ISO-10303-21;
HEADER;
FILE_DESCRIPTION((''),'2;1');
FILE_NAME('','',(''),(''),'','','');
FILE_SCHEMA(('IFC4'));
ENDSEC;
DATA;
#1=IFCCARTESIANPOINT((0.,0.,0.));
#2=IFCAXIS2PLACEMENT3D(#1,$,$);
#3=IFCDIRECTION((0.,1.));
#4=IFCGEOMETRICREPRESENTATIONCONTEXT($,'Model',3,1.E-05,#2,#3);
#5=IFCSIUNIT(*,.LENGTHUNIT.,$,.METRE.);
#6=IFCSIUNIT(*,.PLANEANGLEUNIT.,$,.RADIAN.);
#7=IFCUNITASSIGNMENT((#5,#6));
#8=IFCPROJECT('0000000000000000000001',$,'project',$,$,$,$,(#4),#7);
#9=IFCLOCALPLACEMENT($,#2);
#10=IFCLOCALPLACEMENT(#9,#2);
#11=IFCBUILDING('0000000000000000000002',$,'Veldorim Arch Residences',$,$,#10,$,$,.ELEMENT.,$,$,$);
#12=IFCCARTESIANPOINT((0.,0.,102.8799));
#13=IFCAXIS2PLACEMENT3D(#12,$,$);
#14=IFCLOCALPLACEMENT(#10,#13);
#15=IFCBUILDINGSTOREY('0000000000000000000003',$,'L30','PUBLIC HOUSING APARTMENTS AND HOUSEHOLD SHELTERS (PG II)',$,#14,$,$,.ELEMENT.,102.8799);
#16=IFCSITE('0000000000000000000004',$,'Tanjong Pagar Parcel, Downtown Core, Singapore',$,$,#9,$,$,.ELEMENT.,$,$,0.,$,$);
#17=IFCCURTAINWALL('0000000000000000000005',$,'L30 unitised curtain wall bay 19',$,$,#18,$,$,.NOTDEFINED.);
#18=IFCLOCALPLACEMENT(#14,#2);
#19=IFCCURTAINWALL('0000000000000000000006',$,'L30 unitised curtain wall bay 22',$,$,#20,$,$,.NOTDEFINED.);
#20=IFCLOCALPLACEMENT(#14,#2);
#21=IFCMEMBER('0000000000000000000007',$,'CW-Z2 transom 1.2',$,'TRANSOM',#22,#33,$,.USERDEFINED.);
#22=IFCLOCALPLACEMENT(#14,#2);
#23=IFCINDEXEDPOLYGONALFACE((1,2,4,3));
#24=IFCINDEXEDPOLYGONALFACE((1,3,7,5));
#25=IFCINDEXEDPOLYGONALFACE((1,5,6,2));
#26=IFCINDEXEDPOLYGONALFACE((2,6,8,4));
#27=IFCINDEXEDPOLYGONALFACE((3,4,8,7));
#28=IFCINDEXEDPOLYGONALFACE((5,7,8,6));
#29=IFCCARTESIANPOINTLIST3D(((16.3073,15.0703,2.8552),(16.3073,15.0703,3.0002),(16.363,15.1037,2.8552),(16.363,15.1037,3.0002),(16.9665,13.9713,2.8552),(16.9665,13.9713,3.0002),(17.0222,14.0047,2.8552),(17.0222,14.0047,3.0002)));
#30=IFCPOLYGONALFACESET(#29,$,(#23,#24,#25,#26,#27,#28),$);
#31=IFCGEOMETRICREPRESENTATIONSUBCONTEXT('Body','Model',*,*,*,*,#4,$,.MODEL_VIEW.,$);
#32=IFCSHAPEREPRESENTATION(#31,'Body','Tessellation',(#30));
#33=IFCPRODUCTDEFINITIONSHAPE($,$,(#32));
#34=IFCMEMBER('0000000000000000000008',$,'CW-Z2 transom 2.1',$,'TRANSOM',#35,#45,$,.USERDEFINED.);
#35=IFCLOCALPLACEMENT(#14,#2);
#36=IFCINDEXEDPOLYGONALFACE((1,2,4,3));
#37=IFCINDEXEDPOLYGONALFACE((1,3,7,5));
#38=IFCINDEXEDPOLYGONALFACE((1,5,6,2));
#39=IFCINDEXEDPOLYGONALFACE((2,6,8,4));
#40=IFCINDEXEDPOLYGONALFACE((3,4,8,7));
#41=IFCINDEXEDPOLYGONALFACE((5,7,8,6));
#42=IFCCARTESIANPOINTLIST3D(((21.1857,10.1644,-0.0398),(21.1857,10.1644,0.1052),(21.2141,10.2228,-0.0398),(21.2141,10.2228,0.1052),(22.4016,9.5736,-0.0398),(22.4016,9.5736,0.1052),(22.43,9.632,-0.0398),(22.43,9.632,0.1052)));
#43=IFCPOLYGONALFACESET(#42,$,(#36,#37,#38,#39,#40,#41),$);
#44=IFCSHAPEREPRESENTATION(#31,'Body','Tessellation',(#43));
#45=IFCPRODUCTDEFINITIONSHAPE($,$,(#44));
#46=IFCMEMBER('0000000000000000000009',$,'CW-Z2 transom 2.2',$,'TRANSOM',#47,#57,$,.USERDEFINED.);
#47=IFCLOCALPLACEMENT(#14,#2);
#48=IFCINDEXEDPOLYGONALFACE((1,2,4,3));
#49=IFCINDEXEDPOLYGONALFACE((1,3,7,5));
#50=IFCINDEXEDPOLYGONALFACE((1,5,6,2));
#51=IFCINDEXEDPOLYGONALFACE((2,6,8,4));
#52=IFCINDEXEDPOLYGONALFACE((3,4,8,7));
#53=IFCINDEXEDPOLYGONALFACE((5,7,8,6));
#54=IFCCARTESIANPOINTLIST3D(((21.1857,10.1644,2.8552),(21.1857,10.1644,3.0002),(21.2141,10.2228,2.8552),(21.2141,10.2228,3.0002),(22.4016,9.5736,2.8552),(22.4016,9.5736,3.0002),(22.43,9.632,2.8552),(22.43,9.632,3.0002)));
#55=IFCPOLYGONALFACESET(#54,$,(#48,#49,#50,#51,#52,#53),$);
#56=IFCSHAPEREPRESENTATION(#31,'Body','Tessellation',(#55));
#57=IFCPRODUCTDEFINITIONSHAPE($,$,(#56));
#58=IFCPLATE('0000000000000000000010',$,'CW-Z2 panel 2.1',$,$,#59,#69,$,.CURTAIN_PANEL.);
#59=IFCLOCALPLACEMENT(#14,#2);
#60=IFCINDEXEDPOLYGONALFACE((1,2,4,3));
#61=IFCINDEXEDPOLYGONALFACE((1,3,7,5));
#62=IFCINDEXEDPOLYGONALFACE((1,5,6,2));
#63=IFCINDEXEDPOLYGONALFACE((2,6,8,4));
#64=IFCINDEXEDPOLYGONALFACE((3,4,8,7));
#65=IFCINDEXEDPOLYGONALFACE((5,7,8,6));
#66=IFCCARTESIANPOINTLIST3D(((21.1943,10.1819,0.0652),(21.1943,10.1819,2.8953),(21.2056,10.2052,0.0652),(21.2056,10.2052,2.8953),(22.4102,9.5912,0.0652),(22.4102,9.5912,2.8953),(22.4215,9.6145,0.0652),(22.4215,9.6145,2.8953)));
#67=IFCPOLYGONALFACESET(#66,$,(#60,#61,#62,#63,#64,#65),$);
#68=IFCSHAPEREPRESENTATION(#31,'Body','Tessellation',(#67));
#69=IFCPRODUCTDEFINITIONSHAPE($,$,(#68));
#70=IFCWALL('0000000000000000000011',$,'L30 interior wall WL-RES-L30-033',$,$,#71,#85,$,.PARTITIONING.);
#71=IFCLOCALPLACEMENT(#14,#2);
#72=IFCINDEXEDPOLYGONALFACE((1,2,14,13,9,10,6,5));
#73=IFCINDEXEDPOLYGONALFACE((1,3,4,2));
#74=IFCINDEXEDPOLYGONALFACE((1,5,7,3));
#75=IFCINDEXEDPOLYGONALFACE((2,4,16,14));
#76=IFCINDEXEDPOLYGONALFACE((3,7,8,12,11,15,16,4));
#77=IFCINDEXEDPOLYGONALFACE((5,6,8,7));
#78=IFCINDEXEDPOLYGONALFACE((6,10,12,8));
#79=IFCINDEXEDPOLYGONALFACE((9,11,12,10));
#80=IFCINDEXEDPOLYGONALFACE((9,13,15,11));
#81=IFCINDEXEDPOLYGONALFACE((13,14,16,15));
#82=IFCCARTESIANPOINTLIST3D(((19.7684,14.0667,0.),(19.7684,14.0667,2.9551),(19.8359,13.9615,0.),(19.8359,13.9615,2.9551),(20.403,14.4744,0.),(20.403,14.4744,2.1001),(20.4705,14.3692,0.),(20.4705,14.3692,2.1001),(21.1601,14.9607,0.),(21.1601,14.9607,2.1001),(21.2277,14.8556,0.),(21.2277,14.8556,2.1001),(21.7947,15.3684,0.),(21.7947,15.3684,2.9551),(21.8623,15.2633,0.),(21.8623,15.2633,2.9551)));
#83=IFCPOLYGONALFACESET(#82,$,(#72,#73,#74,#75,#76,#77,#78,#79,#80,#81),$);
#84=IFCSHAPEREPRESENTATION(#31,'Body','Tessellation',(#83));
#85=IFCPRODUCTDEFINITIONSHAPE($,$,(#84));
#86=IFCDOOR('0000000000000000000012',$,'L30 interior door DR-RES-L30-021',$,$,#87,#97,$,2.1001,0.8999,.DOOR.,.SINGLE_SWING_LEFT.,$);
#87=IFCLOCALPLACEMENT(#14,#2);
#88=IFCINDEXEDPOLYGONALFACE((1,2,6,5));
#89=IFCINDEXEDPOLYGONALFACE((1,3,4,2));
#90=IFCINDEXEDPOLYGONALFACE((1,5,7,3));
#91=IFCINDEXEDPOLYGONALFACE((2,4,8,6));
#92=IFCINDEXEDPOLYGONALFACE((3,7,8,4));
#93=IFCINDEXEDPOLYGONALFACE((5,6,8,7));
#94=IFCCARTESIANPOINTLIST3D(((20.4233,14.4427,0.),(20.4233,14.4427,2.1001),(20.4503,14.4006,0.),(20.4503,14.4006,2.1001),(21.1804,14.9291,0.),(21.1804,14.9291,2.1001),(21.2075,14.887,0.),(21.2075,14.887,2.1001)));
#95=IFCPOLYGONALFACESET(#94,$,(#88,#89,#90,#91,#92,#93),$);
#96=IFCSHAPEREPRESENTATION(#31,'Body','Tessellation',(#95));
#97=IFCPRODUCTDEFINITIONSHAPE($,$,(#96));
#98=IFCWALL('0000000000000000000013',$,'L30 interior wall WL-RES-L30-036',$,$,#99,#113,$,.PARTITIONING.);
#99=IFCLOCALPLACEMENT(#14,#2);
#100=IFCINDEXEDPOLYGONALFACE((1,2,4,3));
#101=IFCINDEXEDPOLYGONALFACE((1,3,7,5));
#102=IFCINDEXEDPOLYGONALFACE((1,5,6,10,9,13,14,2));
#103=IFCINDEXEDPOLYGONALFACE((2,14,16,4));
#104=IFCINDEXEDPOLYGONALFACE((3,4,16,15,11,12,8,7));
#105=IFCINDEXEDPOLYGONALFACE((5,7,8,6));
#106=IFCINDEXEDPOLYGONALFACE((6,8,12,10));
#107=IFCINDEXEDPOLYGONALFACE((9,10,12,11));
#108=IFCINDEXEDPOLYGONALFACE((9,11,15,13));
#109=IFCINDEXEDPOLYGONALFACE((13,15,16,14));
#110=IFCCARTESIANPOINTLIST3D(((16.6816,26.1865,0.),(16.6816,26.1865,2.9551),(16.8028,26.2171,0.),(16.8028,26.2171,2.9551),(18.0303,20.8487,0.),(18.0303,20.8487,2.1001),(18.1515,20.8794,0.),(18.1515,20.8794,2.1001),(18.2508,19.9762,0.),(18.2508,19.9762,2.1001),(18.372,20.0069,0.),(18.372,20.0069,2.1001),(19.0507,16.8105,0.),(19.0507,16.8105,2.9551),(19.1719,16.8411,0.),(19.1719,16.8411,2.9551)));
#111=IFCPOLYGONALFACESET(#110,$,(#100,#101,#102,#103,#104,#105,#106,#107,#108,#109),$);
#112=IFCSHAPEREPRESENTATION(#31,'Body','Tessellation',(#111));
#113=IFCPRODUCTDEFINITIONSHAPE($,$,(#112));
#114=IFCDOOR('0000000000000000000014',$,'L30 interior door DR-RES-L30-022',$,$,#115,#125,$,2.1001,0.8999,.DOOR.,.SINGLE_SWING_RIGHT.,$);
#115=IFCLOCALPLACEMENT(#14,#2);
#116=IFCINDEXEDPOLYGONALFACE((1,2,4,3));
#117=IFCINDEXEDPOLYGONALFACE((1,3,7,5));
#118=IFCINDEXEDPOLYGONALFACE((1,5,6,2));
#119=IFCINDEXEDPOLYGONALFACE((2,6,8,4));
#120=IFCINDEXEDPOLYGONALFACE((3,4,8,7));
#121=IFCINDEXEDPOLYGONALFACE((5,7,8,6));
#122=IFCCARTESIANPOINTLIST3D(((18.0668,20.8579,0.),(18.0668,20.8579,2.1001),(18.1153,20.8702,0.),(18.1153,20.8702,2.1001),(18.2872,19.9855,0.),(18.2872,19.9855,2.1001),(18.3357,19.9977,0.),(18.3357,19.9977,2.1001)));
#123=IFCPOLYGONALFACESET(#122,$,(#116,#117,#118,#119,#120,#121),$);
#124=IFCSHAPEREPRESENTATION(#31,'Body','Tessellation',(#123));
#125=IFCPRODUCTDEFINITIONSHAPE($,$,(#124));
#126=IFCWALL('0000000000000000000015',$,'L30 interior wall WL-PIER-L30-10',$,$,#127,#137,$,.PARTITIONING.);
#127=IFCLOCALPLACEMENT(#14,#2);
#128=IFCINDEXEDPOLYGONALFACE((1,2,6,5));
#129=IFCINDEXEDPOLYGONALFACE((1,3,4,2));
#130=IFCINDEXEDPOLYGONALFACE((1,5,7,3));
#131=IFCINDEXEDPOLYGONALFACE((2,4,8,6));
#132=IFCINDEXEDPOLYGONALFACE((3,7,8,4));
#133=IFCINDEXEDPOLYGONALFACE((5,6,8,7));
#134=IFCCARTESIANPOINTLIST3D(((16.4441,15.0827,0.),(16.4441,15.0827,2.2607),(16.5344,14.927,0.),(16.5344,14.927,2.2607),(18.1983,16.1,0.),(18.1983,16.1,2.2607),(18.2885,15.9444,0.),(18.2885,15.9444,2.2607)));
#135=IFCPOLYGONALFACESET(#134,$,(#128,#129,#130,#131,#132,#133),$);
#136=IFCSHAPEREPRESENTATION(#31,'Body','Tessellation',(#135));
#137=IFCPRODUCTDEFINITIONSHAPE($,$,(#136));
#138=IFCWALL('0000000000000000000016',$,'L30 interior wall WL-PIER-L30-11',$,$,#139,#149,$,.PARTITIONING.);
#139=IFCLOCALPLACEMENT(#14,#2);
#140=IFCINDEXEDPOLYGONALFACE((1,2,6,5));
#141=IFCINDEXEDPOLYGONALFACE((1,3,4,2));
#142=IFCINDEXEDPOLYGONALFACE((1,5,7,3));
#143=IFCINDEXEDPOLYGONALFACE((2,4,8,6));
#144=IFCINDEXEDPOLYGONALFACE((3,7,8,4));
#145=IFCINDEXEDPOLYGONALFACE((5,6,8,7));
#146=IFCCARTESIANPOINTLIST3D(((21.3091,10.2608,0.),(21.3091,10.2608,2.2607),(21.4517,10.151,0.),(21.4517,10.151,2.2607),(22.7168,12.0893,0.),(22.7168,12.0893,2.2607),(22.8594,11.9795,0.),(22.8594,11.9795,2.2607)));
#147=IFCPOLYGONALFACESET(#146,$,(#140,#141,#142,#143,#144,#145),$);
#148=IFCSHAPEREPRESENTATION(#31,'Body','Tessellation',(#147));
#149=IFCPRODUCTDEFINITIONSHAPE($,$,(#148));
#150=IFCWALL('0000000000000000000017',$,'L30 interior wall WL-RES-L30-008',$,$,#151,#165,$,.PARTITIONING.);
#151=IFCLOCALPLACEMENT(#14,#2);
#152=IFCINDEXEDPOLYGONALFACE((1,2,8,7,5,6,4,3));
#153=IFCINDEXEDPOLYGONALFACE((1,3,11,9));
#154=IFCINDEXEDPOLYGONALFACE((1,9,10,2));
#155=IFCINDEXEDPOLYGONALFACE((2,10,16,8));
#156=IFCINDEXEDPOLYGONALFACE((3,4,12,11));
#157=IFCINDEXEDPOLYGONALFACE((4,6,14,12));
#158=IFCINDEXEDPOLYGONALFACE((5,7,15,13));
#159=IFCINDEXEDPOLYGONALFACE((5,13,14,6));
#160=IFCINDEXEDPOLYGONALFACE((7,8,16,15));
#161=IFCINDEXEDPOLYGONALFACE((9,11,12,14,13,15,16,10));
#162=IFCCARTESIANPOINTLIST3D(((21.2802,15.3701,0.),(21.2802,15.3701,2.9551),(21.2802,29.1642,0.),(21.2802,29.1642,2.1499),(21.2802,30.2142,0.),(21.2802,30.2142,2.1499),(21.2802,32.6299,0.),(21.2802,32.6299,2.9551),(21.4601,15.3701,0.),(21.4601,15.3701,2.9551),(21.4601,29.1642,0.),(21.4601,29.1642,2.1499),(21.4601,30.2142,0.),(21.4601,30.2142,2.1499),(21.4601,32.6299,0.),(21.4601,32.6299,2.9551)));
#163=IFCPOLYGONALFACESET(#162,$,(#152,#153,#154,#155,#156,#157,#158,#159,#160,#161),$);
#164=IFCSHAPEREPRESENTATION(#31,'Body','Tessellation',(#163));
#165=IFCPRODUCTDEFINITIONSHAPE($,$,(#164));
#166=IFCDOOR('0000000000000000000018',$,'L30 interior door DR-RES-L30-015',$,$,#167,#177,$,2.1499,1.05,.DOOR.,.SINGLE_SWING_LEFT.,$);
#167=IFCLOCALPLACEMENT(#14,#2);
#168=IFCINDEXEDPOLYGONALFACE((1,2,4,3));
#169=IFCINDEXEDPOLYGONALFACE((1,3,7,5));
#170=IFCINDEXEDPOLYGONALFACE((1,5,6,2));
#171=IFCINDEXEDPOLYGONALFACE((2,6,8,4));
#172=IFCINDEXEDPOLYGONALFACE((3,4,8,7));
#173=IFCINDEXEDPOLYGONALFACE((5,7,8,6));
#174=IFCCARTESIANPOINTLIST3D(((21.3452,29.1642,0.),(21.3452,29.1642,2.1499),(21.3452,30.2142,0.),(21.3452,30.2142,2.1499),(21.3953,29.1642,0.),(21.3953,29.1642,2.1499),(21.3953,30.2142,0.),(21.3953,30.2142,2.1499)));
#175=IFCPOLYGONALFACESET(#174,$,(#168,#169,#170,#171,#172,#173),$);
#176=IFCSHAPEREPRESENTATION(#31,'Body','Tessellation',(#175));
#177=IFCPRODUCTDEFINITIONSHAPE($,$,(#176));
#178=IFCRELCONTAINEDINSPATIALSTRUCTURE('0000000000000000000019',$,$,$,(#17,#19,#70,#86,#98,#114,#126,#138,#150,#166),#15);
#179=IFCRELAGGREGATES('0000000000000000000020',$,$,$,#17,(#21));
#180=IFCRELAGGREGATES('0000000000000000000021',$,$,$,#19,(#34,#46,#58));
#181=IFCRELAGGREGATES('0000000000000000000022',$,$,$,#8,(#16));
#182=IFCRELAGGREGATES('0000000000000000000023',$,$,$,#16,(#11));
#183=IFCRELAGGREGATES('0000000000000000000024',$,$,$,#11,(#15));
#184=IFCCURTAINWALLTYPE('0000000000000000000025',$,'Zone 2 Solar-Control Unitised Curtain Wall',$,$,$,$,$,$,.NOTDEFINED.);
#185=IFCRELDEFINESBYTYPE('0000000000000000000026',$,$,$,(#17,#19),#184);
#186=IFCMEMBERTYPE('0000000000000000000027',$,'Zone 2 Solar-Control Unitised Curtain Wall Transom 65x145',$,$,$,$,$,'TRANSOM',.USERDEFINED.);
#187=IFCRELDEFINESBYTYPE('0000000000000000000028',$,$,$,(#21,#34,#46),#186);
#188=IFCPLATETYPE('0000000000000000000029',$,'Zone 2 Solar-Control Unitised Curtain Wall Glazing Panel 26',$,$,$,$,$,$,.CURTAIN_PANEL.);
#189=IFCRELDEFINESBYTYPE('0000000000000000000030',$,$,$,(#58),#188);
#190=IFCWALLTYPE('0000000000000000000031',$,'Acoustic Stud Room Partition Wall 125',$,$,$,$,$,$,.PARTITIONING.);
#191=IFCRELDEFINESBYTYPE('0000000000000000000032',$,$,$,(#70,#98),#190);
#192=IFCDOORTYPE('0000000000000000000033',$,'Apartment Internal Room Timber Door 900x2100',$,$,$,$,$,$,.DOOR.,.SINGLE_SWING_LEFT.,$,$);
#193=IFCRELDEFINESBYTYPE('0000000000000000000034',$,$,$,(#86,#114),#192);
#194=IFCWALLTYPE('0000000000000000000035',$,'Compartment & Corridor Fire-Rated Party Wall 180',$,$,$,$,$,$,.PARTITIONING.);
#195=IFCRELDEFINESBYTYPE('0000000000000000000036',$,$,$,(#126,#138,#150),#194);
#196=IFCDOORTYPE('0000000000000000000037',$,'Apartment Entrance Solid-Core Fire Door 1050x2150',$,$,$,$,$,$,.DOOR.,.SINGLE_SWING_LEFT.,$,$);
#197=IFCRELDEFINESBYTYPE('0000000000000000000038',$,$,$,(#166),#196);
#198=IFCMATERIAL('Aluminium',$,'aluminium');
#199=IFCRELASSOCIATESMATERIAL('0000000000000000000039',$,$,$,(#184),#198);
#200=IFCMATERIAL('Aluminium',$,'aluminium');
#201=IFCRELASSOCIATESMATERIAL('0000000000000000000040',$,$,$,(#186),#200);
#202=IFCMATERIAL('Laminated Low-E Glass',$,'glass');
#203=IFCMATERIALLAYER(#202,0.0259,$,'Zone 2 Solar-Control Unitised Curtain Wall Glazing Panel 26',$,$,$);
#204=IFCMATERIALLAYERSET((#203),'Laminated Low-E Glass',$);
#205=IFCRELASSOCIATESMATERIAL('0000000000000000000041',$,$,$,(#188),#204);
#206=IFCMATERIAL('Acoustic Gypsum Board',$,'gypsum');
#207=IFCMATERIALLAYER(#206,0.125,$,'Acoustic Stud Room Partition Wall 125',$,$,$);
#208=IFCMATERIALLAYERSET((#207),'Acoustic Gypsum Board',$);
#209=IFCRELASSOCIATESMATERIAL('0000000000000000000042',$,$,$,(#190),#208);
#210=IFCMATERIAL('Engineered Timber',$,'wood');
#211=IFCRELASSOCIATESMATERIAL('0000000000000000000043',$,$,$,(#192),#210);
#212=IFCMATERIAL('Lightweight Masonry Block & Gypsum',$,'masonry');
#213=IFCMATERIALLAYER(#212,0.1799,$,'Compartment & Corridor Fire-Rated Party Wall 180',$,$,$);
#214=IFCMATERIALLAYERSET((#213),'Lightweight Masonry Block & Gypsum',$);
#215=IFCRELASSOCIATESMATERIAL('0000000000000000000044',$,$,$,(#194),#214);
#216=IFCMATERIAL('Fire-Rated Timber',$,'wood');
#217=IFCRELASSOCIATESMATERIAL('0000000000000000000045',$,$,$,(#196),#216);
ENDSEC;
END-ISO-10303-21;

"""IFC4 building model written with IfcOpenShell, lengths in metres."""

from ifc_helpers import new_model, si_unit, direction, frame, frame_2d, origin, origin_2d, place, context, subcontext, project, spatial, rectangle, extrude, material, layer, layer_set, material_profile, profile_set, type_object, element, fill, aggregate, save


model = new_model("IFC4")

# Units and contexts
model_context = context("Model", 3, precision=1e-05, world=origin(), true_north=direction((0.0, 1.0)))
body_context = subcontext(model_context, "Body", "Model", "MODEL_VIEW")
ifc_project = project(units=[si_unit("LENGTHUNIT", "METRE"), si_unit("PLANEANGLEUNIT", "RADIAN")], contexts=[model_context])

# Site, building, storey
site_placement = place(None, origin())
site = spatial("IfcSite", under=ifc_project, at=site_placement, Name="Tanjong Pagar Parcel, Downtown Core, Singapore", CompositionType="ELEMENT", RefElevation=0.0)
building_placement = place(site_placement, origin())
building = spatial("IfcBuilding", under=site, at=building_placement, Name="Veldorim Arch Residences", CompositionType="ELEMENT")
storey_placement = place(building_placement, frame((0.0, 0.0, 102.8799)))
storey = spatial("IfcBuildingStorey", under=building, at=storey_placement, Name="L30", Description="PUBLIC HOUSING APARTMENTS AND HOUSEHOLD SHELTERS (PG II)", CompositionType="ELEMENT", Elevation=102.8799)

# Curtain wall
ifc_material_1 = material(Name="Aluminium", Category="aluminium")
curtain_wall_type = type_object("IfcCurtainWallType", Name="Zone 2 Solar-Control Unitised Curtain Wall", PredefinedType="NOTDEFINED", material=ifc_material_1)
curtain_wall_1_placement = place(storey_placement, origin())
curtain_wall_1 = element("IfcCurtainWall", 1, at=curtain_wall_1_placement, inside=storey, type_object=curtain_wall_type, Name="L30 unitised curtain wall bay 19", PredefinedType="NOTDEFINED")

# Curtain wall
curtain_wall_2_placement = place(storey_placement, origin())
curtain_wall_2 = element("IfcCurtainWall", 2, at=curtain_wall_2_placement, inside=storey, type_object=curtain_wall_type, Name="L30 unitised curtain wall bay 22", PredefinedType="NOTDEFINED")

# Members
ifc_material_2 = material(Name="Aluminium", Category="aluminium")
ifc_material_profile_1 = material_profile(ifc_material_2, rectangle(XDim=0.0649, YDim=0.145, at=origin_2d()), Name="ALU_TRN_65x145")
ifc_profile_set_1 = profile_set([ifc_material_profile_1], Name="Aluminium")
member_type_1 = type_object("IfcMemberType", Name="Zone 2 Solar-Control Unitised Curtain Wall Transom 65x145", ElementType="TRANSOM", PredefinedType="USERDEFINED", material=ifc_profile_set_1)
member_1_placement = place(storey_placement, frame((16.9944, 13.988, 2.9277), z_axis=(-0.514412, 0.857543, 0.0), x_axis=(-0.857543, -0.514412, 0.0)))
member_1 = element("IfcMember", 3, at=member_1_placement, type_object=member_type_1, Name="CW-Z2 transom 1.2", ObjectType="TRANSOM", PredefinedType="USERDEFINED", context=body_context, shape_type="SweptSolid", body=[
    extrude(rectangle(XDim=0.0649, YDim=0.145, at=origin_2d()), origin(), (0.0, 0.0, 1.0), 1.2815),
])
aggregate(curtain_wall_1, [member_1])
member_2_placement = place(storey_placement, frame((22.4158, 9.6028, 0.0327), z_axis=(-0.899427, 0.437071, 0.0), x_axis=(-0.437071, -0.899427, 0.0)))
member_2 = element("IfcMember", 4, at=member_2_placement, type_object=member_type_1, Name="CW-Z2 transom 2.1", ObjectType="TRANSOM", PredefinedType="USERDEFINED", context=body_context, shape_type="SweptSolid", body=[
    extrude(rectangle(XDim=0.0649, YDim=0.145, at=origin_2d()), origin(), (0.0, 0.0, 1.0), 1.3518),
])
member_3_placement = place(storey_placement, frame((22.4158, 9.6028, 2.9277), z_axis=(-0.899427, 0.437071, 0.0), x_axis=(-0.437071, -0.899427, 0.0)))
member_3 = element("IfcMember", 5, at=member_3_placement, type_object=member_type_1, Name="CW-Z2 transom 2.2", ObjectType="TRANSOM", PredefinedType="USERDEFINED", context=body_context, shape_type="SweptSolid", body=[
    extrude(rectangle(XDim=0.0649, YDim=0.145, at=origin_2d()), origin(), (0.0, 0.0, 1.0), 1.3518),
])

# Plate
ifc_material_3 = material(Name="Laminated Low-E Glass", Category="glass")
ifc_layer_1 = layer(ifc_material_3, 0.0259, Name="Zone 2 Solar-Control Unitised Curtain Wall Glazing Panel 26")
ifc_layer_set_1 = layer_set([ifc_layer_1], Name="Laminated Low-E Glass")
plate_type = type_object("IfcPlateType", Name="Zone 2 Solar-Control Unitised Curtain Wall Glazing Panel 26", PredefinedType="CURTAIN_PANEL", material=ifc_layer_set_1)
plate_placement = place(storey_placement, frame((21.8079, 9.8982, 0.0652), z_axis=(0.0, 0.0, 1.0), x_axis=(-0.899462, 0.437, 0.0)))
plate = element("IfcPlate", 6, at=plate_placement, type_object=plate_type, Name="CW-Z2 panel 2.1", PredefinedType="CURTAIN_PANEL", context=body_context, shape_type="SweptSolid", body=[
    extrude(rectangle(XDim=1.3518, YDim=0.0259, at=origin_2d()), origin(), (0.0, 0.0, 1.0), 2.8301),
])
aggregate(curtain_wall_2, [member_2, member_3, plate])

# Walls, openings, doors
ifc_material_4 = material(Name="Acoustic Gypsum Board", Category="gypsum")
ifc_layer_2 = layer(ifc_material_4, 0.125, Name="Acoustic Stud Room Partition Wall 125")
ifc_layer_set_2 = layer_set([ifc_layer_2], Name="Acoustic Gypsum Board")
wall_type_1 = type_object("IfcWallType", Name="Acoustic Stud Room Partition Wall 125", PredefinedType="PARTITIONING", material=ifc_layer_set_2)
wall_1_placement = place(storey_placement, frame((19.8022, 14.0142, 0.0), z_axis=(0.0, 0.0, 1.0), x_axis=(0.84135, 0.540491, 0.0)))
wall_1 = element("IfcWall", 7, at=wall_1_placement, inside=storey, type_object=wall_type_1, Name="L30 interior wall WL-RES-L30-033", PredefinedType="PARTITIONING", context=body_context, shape_type="SweptSolid", body=[
    extrude(rectangle(XDim=2.4084, YDim=0.125, at=frame_2d((1.2041, 0.0))), origin(), (0.0, 0.0, 1.0), 2.9551),
])
opening_1_placement = place(wall_1_placement, frame((0.7542, 0.0, 0.0)))
opening_1 = element("IfcOpeningElement", 8, at=opening_1_placement, cuts=wall_1, PredefinedType="OPENING", context=body_context, shape_type="SweptSolid", body=[
    extrude(rectangle(XDim=0.8999, YDim=2.1001, at=frame_2d((0.45, 1.05))), frame((0.0, 0.0725, 0.0), z_axis=(0.0, -1.0, 0.0), x_axis=(1.0, 0.0, 0.0)), (0.0, 0.0, 1.0), 0.145),
])
ifc_material_5 = material(Name="Engineered Timber", Category="wood")
door_type_1 = type_object("IfcDoorType", Name="Apartment Internal Room Timber Door 900x2100", OperationType="SINGLE_SWING_LEFT", PredefinedType="DOOR", material=ifc_material_5)
door_1_placement = place(opening_1_placement, origin())
door_1 = element("IfcDoor", 9, at=door_1_placement, inside=storey, type_object=door_type_1, Name="L30 interior door DR-RES-L30-021", OperationType="SINGLE_SWING_LEFT", OverallHeight=2.1001, OverallWidth=0.8999, PredefinedType="DOOR", context=body_context, shape_type="SweptSolid", body=[
    extrude(rectangle(XDim=0.8999, YDim=2.1001, at=frame_2d((0.45, 1.05))), frame((0.0, 0.0249, 0.0), z_axis=(0.0, -1.0, 0.0), x_axis=(1.0, 0.0, 0.0)), (0.0, 0.0, 1.0), 0.05),
])
fill(opening_1, door_1)
wall_2_placement = place(storey_placement, frame((19.1113, 16.8257, 0.0), z_axis=(0.0, 0.0, 1.0), x_axis=(-0.244982, 0.969528, 0.0)))
wall_2 = element("IfcWall", 10, at=wall_2_placement, inside=storey, type_object=wall_type_1, Name="L30 interior wall WL-RES-L30-036", PredefinedType="PARTITIONING", context=body_context, shape_type="SweptSolid", body=[
    extrude(rectangle(XDim=9.6707, YDim=0.125, at=frame_2d((4.8354, 0.0))), origin(), (0.0, 0.0, 1.0), 2.9551),
])
opening_2_placement = place(wall_2_placement, frame((3.2654, 0.0, 0.0)))
opening_2 = element("IfcOpeningElement", 11, at=opening_2_placement, cuts=wall_2, PredefinedType="OPENING", context=body_context, shape_type="SweptSolid", body=[
    extrude(rectangle(XDim=0.8999, YDim=2.1001, at=frame_2d((0.45, 1.05))), frame((0.0, 0.0725, 0.0), z_axis=(0.0, -1.0, 0.0), x_axis=(1.0, 0.0, 0.0)), (0.0, 0.0, 1.0), 0.145),
])
door_2_placement = place(opening_2_placement, origin())
door_2 = element("IfcDoor", 12, at=door_2_placement, inside=storey, type_object=door_type_1, Name="L30 interior door DR-RES-L30-022", OperationType="SINGLE_SWING_RIGHT", OverallHeight=2.1001, OverallWidth=0.8999, PredefinedType="DOOR", context=body_context, shape_type="SweptSolid", body=[
    extrude(rectangle(XDim=0.8999, YDim=2.1001, at=frame_2d((0.45, 1.05))), frame((0.0, 0.0249, 0.0), z_axis=(0.0, -1.0, 0.0), x_axis=(1.0, 0.0, 0.0)), (0.0, 0.0, 1.0), 0.05),
])
fill(opening_2, door_2)

# Walls
ifc_material_6 = material(Name="Lightweight Masonry Block & Gypsum", Category="masonry")
ifc_layer_3 = layer(ifc_material_6, 0.1799, Name="Compartment & Corridor Fire-Rated Party Wall 180")
ifc_layer_set_3 = layer_set([ifc_layer_3], Name="Lightweight Masonry Block & Gypsum")
wall_type_2 = type_object("IfcWallType", Name="Compartment & Corridor Fire-Rated Party Wall 180", PredefinedType="PARTITIONING", material=ifc_layer_set_3)
wall_3_placement = place(storey_placement, frame((18.2434, 16.0222, 0.0), z_axis=(0.0, 0.0, 1.0), x_axis=(-0.865047, -0.501691, 0.0)))
element("IfcWall", 13, at=wall_3_placement, inside=storey, type_object=wall_type_2, Name="L30 interior wall WL-PIER-L30-10", PredefinedType="PARTITIONING", context=body_context, shape_type="SweptSolid", body=[
    extrude(rectangle(XDim=2.0278, YDim=0.1799, at=frame_2d((1.0139, 0.0))), origin(), (0.0, 0.0, 1.0), 2.2607),
])
wall_4_placement = place(storey_placement, frame((22.7881, 12.0344, 0.0), z_axis=(0.0, 0.0, 1.0), x_axis=(-0.610007, -0.792396, 0.0)))
element("IfcWall", 14, at=wall_4_placement, inside=storey, type_object=wall_type_2, Name="L30 interior wall WL-PIER-L30-11", PredefinedType="PARTITIONING", context=body_context, shape_type="SweptSolid", body=[
    extrude(rectangle(XDim=2.3076, YDim=0.1799, at=frame_2d((1.1538, 0.0))), origin(), (0.0, 0.0, 1.0), 2.2607),
])

# Wall, opening, door
wall_5_placement = place(storey_placement, frame((21.3701, 15.3701, 0.0), z_axis=(0.0, 0.0, 1.0), x_axis=(0.0, 1.0, 0.0)))
wall_5 = element("IfcWall", 15, at=wall_5_placement, inside=storey, type_object=wall_type_2, Name="L30 interior wall WL-RES-L30-008", PredefinedType="PARTITIONING", context=body_context, shape_type="SweptSolid", body=[
    extrude(rectangle(XDim=17.2598, YDim=0.1799, at=frame_2d((8.6299, 0.0))), origin(), (0.0, 0.0, 1.0), 2.9551),
])
opening_3_placement = place(wall_5_placement, frame((13.7942, 0.0, 0.0)))
opening_3 = element("IfcOpeningElement", 16, at=opening_3_placement, cuts=wall_5, PredefinedType="OPENING", context=body_context, shape_type="SweptSolid", body=[
    extrude(rectangle(XDim=1.05, YDim=2.1499, at=frame_2d((0.5249, 1.075))), frame((0.0, 0.0999, 0.0), z_axis=(0.0, -1.0, 0.0), x_axis=(1.0, 0.0, 0.0)), (0.0, 0.0, 1.0), 0.2),
])
ifc_material_7 = material(Name="Fire-Rated Timber", Category="wood")
door_type_2 = type_object("IfcDoorType", Name="Apartment Entrance Solid-Core Fire Door 1050x2150", OperationType="SINGLE_SWING_LEFT", PredefinedType="DOOR", material=ifc_material_7)
door_3_placement = place(opening_3_placement, origin())
door_3 = element("IfcDoor", 17, at=door_3_placement, inside=storey, type_object=door_type_2, Name="L30 interior door DR-RES-L30-015", OperationType="SINGLE_SWING_LEFT", OverallHeight=2.1499, OverallWidth=1.05, PredefinedType="DOOR", context=body_context, shape_type="SweptSolid", body=[
    extrude(rectangle(XDim=1.05, YDim=2.1499, at=frame_2d((0.5249, 1.075))), frame((0.0, 0.0249, 0.0), z_axis=(0.0, -1.0, 0.0), x_axis=(1.0, 0.0, 0.0)), (0.0, 0.0, 1.0), 0.05),
])
fill(opening_3, door_3)

save(model, "model.ifc")
